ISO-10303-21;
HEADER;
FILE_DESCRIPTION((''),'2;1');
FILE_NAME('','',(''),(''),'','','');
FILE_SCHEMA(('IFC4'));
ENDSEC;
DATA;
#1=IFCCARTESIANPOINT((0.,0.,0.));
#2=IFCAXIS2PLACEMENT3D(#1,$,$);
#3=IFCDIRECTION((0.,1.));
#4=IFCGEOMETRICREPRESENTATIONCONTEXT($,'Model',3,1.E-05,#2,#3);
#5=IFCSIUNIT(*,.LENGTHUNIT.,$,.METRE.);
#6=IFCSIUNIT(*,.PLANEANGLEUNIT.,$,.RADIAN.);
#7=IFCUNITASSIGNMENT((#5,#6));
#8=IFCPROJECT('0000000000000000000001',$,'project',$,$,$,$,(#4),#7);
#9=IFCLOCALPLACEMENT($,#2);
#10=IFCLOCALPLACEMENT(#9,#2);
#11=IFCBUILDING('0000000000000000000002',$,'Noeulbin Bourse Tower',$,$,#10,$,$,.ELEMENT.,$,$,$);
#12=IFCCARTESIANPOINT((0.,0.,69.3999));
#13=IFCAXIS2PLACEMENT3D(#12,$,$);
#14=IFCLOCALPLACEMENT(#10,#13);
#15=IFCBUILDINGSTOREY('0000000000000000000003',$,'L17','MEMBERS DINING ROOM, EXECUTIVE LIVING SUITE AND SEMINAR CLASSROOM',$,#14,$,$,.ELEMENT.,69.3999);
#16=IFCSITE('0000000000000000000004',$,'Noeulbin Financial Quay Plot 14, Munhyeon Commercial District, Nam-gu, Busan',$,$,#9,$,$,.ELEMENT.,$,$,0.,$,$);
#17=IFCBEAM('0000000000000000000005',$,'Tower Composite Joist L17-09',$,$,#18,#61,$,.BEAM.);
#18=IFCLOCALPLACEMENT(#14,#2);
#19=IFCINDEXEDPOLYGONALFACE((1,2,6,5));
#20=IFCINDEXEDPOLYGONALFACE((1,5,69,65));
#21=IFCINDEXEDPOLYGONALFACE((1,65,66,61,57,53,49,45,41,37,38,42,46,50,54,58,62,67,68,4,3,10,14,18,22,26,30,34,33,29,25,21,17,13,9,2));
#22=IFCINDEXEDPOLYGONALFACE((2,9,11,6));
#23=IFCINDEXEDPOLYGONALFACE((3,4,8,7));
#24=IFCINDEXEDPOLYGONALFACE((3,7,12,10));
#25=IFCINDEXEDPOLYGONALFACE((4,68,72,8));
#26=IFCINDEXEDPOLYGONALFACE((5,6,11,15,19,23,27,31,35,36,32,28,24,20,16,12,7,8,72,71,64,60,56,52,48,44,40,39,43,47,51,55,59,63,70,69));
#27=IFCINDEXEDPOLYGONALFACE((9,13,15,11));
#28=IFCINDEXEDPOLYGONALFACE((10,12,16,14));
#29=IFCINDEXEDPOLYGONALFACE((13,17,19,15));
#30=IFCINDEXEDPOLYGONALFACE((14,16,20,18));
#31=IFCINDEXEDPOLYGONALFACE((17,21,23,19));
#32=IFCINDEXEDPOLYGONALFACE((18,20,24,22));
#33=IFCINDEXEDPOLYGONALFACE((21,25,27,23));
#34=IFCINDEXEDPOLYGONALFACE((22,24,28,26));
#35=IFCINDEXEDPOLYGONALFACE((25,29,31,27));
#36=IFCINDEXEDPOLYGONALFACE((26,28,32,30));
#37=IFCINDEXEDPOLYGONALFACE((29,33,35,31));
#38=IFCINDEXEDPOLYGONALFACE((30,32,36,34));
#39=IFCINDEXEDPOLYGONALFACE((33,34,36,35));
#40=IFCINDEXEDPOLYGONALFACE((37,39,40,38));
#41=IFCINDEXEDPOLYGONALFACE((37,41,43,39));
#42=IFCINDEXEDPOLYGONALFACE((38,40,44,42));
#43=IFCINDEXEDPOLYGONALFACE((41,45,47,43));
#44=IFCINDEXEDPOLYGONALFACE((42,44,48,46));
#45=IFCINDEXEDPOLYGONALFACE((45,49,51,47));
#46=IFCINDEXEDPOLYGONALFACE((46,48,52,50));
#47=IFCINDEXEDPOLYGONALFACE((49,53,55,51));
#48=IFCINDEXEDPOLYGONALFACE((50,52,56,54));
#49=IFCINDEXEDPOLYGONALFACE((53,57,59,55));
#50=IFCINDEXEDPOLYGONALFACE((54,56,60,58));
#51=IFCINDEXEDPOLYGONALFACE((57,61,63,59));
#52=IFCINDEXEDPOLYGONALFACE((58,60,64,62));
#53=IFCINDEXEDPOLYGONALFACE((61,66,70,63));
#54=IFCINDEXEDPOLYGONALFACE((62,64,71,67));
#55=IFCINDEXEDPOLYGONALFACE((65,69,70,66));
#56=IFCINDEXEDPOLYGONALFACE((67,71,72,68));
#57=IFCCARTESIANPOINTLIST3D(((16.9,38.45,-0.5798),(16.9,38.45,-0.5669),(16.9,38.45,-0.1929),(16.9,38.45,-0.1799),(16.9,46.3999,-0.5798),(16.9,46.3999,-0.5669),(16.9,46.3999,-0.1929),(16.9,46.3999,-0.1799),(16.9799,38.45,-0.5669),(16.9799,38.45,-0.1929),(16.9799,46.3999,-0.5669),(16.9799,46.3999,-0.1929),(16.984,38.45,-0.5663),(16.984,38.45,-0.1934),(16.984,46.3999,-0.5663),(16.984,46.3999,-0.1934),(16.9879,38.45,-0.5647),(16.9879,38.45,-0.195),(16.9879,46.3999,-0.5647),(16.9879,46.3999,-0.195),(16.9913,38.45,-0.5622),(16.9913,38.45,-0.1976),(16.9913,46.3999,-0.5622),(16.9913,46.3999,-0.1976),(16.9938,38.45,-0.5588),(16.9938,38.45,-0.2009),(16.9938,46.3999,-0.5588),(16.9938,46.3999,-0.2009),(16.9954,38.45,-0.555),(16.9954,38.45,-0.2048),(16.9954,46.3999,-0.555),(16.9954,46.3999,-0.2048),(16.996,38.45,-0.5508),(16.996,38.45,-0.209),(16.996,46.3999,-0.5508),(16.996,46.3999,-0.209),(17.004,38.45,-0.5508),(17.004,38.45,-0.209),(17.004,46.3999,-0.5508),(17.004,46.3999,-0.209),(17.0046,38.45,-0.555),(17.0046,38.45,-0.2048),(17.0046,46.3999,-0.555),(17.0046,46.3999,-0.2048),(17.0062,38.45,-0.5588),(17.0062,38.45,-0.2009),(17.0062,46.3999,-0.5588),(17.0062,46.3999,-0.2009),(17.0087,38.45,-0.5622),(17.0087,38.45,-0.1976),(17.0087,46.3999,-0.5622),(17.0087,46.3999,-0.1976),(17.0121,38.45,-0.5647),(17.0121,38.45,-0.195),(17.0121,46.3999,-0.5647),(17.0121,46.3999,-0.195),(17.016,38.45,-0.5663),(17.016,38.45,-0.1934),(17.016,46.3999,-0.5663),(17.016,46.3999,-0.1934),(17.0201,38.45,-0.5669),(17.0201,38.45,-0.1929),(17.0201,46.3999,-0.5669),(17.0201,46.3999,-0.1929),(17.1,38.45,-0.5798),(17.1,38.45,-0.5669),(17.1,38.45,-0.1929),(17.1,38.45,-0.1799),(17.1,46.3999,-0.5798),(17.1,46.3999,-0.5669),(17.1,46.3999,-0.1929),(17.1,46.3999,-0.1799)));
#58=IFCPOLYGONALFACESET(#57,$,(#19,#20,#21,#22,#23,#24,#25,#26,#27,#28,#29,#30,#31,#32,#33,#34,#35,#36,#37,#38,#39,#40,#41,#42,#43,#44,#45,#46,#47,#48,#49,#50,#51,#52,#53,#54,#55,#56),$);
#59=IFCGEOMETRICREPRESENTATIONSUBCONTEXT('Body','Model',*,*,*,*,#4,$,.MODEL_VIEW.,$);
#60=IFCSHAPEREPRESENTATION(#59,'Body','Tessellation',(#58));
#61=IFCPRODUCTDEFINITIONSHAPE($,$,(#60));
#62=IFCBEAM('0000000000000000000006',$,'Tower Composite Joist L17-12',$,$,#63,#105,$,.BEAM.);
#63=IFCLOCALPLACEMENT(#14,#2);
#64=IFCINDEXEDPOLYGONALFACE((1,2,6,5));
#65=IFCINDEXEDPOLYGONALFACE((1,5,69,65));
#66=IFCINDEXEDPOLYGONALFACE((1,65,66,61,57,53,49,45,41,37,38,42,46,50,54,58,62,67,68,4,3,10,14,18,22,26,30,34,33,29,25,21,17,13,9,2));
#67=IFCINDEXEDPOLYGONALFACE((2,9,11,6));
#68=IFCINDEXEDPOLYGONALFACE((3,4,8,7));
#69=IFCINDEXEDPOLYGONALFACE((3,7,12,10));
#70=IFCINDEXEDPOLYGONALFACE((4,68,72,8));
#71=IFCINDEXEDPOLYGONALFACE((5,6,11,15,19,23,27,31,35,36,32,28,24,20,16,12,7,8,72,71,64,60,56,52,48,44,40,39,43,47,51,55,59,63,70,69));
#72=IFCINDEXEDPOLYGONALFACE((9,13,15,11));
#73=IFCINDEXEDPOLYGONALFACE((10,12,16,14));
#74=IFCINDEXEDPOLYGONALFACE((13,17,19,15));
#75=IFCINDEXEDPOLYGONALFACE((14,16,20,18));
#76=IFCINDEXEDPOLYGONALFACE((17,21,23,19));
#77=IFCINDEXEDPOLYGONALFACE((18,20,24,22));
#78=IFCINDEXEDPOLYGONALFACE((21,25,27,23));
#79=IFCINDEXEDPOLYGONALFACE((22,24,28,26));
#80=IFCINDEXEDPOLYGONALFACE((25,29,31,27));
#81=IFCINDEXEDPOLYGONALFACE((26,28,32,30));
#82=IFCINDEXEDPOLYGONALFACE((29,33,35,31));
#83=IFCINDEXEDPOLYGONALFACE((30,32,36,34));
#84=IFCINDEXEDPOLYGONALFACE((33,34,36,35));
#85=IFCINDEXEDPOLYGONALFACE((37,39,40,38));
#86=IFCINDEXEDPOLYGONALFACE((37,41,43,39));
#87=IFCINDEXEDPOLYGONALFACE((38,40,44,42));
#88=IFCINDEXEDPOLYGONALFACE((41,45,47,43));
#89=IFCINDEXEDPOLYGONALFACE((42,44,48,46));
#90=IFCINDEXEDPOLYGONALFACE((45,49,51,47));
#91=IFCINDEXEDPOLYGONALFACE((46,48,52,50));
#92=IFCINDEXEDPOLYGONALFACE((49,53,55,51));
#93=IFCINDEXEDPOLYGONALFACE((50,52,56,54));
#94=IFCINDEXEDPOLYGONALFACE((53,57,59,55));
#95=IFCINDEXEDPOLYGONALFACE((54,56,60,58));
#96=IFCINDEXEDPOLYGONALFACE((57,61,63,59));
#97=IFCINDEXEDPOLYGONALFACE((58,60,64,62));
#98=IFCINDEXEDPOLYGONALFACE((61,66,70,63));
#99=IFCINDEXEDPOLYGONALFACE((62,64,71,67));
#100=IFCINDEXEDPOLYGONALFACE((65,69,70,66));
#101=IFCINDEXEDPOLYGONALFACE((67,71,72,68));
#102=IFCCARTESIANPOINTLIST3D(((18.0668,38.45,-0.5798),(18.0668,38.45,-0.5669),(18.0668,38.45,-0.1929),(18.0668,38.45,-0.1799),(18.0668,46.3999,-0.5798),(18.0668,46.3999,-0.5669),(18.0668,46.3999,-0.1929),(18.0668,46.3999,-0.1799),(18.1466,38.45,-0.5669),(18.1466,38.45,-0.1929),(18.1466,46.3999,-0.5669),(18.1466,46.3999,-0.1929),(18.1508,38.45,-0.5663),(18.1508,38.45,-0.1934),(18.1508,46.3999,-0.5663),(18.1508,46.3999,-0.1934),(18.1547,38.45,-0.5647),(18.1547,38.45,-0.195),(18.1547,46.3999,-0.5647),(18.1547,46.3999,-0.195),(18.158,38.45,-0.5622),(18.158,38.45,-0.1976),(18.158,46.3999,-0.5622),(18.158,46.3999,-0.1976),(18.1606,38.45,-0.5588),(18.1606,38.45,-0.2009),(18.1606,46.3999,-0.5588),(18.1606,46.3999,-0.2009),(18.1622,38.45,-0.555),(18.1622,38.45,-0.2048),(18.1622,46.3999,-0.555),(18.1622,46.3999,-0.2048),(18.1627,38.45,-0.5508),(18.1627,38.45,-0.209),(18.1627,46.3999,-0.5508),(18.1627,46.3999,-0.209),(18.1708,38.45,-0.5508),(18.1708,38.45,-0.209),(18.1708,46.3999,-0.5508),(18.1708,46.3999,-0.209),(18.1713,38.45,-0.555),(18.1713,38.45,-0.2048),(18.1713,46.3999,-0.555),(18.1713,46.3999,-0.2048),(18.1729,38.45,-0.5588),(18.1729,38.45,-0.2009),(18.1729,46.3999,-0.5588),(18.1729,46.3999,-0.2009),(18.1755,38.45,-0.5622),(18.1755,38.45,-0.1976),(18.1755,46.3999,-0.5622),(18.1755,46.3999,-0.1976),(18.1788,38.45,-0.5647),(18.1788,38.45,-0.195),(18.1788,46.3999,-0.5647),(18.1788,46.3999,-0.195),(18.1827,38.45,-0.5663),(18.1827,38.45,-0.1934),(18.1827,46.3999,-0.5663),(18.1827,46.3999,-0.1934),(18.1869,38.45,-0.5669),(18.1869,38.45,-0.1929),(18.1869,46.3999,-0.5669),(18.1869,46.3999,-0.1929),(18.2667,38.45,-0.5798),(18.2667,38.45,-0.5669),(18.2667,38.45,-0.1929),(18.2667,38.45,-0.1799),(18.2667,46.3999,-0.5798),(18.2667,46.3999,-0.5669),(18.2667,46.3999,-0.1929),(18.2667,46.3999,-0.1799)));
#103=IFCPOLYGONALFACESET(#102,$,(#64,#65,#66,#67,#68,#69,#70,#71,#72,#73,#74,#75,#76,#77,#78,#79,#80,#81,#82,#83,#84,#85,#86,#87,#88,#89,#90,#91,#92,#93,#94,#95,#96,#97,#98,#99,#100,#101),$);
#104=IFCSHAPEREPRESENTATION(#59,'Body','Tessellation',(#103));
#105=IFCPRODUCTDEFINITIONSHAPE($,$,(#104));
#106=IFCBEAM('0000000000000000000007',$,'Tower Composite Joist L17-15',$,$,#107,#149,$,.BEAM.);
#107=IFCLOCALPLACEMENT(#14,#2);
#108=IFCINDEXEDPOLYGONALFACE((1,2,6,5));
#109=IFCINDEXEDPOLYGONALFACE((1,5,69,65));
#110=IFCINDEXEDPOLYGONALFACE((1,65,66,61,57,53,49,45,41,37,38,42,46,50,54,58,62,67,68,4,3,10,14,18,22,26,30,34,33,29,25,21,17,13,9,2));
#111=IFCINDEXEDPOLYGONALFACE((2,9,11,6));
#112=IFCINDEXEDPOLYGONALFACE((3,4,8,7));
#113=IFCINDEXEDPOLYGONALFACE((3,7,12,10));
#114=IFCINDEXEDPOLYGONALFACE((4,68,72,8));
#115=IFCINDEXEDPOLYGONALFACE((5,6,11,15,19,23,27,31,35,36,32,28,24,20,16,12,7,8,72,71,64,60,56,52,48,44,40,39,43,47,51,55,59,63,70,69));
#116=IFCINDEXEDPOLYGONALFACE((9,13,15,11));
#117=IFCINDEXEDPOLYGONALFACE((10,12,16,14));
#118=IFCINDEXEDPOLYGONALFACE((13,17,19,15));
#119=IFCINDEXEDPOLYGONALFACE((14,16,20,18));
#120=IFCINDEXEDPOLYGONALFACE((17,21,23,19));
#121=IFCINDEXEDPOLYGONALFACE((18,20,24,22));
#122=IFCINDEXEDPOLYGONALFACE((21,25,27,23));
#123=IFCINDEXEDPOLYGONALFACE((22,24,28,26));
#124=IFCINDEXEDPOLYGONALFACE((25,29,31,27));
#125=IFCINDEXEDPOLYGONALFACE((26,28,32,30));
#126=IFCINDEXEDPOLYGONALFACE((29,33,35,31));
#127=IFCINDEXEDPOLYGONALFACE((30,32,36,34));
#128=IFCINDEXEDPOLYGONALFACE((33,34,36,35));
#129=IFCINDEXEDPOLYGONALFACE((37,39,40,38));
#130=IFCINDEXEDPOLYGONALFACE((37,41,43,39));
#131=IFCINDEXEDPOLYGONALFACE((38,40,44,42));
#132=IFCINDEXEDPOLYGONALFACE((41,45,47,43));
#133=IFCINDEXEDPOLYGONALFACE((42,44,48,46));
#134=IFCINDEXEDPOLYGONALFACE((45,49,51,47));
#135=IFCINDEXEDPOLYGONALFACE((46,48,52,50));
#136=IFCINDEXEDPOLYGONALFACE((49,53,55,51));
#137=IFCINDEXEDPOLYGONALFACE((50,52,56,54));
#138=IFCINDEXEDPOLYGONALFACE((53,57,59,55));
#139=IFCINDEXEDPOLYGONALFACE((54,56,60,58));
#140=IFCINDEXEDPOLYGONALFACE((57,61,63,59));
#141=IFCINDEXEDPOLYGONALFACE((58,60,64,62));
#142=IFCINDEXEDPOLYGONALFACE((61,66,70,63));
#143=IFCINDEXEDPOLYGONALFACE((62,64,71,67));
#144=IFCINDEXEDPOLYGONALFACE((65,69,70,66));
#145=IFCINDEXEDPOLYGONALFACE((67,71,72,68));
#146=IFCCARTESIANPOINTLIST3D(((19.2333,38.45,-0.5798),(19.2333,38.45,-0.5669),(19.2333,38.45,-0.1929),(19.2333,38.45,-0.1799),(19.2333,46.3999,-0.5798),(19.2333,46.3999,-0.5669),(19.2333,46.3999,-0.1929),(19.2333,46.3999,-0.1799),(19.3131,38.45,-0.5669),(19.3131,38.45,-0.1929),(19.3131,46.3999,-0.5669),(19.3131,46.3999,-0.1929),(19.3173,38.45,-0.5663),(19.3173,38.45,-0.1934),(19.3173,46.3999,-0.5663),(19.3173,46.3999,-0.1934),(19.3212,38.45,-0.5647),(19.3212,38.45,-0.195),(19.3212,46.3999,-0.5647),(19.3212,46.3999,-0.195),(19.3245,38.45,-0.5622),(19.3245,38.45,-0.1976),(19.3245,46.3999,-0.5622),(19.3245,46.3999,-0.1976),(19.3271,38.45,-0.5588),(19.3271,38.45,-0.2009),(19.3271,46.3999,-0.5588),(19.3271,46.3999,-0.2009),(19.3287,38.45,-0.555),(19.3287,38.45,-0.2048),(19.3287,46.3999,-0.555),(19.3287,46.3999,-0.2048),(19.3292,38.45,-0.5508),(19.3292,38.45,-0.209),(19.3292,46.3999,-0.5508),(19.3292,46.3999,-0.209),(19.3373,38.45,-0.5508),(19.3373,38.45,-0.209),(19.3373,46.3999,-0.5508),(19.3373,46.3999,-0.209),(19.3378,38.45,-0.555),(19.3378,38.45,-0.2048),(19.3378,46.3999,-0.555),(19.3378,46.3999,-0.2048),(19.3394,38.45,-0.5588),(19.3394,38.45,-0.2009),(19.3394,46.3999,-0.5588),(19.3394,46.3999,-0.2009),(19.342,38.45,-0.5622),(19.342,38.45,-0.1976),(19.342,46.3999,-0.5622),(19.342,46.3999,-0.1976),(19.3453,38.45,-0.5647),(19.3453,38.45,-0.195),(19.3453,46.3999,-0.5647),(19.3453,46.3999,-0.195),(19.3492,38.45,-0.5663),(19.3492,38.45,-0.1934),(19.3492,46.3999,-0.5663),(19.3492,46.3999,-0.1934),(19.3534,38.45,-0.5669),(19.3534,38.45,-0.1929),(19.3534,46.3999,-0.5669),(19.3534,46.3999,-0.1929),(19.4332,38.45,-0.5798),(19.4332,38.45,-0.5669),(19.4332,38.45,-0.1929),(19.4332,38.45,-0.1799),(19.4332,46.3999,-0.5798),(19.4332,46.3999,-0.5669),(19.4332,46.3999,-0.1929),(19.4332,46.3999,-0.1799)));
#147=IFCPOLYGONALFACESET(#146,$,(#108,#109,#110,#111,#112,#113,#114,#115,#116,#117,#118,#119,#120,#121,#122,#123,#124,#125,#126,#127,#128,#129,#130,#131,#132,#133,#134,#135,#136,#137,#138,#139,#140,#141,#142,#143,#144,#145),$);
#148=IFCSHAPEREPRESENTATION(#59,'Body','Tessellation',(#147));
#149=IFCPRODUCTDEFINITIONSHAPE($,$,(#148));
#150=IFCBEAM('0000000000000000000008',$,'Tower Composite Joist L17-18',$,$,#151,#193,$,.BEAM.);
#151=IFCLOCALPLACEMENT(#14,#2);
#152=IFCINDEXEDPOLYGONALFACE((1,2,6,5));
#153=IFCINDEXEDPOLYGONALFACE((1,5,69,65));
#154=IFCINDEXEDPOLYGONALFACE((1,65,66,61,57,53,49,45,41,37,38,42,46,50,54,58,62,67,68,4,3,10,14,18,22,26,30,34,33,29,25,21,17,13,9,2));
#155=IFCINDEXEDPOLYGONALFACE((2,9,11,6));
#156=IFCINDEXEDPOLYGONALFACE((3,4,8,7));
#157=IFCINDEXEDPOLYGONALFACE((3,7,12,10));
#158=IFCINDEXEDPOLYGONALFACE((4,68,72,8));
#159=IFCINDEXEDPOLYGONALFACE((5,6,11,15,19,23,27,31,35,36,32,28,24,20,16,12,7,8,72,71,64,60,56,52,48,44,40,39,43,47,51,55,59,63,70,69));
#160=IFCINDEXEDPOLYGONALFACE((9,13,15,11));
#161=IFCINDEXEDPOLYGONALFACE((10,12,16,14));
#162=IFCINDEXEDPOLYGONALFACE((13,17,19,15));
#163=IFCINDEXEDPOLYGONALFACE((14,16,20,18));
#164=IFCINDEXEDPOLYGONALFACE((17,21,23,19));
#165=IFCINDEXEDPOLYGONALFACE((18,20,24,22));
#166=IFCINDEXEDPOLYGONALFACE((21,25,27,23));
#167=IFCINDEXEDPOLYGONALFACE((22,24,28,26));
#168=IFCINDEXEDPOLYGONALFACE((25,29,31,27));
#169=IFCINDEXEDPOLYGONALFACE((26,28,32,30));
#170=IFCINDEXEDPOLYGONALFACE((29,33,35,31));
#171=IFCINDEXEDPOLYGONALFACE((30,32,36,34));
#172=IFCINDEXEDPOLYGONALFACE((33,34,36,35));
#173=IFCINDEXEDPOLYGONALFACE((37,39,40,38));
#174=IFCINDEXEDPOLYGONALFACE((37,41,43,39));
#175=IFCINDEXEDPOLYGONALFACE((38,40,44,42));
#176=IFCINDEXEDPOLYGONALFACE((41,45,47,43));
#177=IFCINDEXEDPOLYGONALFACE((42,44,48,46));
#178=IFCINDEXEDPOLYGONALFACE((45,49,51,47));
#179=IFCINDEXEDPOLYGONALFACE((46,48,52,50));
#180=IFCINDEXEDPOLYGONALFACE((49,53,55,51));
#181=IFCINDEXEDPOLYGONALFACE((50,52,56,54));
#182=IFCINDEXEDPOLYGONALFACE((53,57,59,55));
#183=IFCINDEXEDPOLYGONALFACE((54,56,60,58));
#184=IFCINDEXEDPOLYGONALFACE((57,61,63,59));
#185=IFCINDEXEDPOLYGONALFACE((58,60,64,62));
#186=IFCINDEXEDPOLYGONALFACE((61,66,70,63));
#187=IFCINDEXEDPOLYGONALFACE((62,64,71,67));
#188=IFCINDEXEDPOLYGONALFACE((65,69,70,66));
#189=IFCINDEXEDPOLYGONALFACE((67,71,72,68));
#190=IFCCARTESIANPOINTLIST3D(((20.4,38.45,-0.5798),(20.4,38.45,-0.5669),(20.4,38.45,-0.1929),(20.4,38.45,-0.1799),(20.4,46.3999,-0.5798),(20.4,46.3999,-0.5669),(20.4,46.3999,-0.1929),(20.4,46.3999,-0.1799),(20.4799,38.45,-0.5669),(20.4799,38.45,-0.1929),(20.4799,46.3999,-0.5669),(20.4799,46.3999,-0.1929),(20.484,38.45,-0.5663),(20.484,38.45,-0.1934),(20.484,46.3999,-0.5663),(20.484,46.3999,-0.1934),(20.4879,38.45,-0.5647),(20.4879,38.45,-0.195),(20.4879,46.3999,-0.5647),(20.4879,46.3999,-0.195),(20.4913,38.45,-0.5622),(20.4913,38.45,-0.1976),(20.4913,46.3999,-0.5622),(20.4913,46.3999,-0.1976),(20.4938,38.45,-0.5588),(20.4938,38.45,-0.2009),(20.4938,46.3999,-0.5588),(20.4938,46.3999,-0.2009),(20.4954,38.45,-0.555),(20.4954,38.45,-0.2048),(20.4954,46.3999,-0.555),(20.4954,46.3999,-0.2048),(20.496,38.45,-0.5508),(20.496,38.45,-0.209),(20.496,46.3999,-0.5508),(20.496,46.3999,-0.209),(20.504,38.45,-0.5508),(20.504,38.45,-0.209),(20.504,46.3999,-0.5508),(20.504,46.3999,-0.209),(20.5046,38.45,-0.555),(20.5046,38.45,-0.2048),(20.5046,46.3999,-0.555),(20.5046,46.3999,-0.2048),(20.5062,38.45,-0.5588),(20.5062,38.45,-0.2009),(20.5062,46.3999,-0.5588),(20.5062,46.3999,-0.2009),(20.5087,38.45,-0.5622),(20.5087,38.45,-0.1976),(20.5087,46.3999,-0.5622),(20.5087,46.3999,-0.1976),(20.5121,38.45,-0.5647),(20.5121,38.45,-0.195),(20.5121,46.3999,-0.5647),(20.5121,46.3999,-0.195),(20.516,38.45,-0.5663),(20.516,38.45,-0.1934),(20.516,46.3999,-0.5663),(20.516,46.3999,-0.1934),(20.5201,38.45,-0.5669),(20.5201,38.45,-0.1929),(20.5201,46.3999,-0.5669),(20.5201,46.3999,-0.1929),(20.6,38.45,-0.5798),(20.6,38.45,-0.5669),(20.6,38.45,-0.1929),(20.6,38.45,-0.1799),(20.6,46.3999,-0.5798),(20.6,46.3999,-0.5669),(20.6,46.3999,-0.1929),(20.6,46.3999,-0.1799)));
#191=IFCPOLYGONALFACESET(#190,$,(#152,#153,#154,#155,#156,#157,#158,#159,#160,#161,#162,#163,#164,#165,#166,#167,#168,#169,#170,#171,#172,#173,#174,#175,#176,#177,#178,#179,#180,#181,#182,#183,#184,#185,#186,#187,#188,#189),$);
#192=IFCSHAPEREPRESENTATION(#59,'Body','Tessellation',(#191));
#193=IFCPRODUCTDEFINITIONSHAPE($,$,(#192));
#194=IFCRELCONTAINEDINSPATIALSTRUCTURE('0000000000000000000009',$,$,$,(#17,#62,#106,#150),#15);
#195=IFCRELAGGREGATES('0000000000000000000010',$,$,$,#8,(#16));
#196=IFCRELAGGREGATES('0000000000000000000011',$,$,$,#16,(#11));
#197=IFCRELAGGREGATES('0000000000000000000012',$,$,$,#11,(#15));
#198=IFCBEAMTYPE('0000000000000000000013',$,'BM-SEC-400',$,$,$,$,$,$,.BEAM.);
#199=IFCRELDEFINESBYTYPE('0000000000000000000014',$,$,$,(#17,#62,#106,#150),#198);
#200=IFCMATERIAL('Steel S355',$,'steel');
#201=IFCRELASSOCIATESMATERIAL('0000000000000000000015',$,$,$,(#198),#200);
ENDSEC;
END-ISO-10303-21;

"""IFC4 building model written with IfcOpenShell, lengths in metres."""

from ifc_helpers import new_model, si_unit, direction, frame, origin, origin_2d, place, context, subcontext, project, spatial, i_section, extrude, material, material_profile, profile_set, type_object, element, save


model = new_model("IFC4")

# Units and contexts
model_context = context("Model", 3, precision=1e-05, world=origin(), true_north=direction((0.0, 1.0)))
body_context = subcontext(model_context, "Body", "Model", "MODEL_VIEW")
ifc_project = project(units=[si_unit("LENGTHUNIT", "METRE"), si_unit("PLANEANGLEUNIT", "RADIAN")], contexts=[model_context])

# Site, building, storey
site_placement = place(None, origin())
site = spatial("IfcSite", under=ifc_project, at=site_placement, Name="Noeulbin Financial Quay Plot 14, Munhyeon Commercial District, Nam-gu, Busan", CompositionType="ELEMENT", RefElevation=0.0)
building_placement = place(site_placement, origin())
building = spatial("IfcBuilding", under=site, at=building_placement, Name="Noeulbin Bourse Tower", CompositionType="ELEMENT")
storey_placement = place(building_placement, frame((0.0, 0.0, 69.3999)))
storey = spatial("IfcBuildingStorey", under=building, at=storey_placement, Name="L17", Description="MEMBERS DINING ROOM, EXECUTIVE LIVING SUITE AND SEMINAR CLASSROOM", CompositionType="ELEMENT", Elevation=69.3999)

# Beams
ifc_material_1 = material(Name="Steel S355", Category="steel")
ifc_material_profile_1 = material_profile(ifc_material_1, i_section(OverallWidth=0.2, OverallDepth=0.3999, WebThickness=0.0081, FlangeThickness=0.0129, FilletRadius=0.0161, at=origin_2d()), Name="H-400x200x8x13", Category="LoadBearing")
ifc_profile_set_1 = profile_set([ifc_material_profile_1], Name="Steel S355")
beam_type_1 = type_object("IfcBeamType", Name="BM-SEC-400", PredefinedType="BEAM", material=ifc_profile_set_1)
for number, where, z_axis, x_axis, name in (
    (1, (17.0, 38.45, -0.3799), (0.0, 1.0, 0.0), (-1.0, 0.0, 0.0), "Tower Composite Joist L17-09"),
    (2, (18.1667, 38.45, -0.3799), (0.0, 1.0, 0.0), (-1.0, 0.0, 0.0), "Tower Composite Joist L17-12"),
    (3, (19.3333, 38.45, -0.3799), (0.0, 1.0, 0.0), (-1.0, 0.0, 0.0), "Tower Composite Joist L17-15"),
    (4, (20.5, 38.45, -0.3799), (0.0, 1.0, 0.0), (-1.0, 0.0, 0.0), "Tower Composite Joist L17-18"),
):
    element("IfcBeam", number, at=place(storey_placement, frame(where, z_axis=z_axis, x_axis=x_axis)), inside=storey, type_object=beam_type_1, Name=name, PredefinedType="BEAM", context=body_context, shape_type="SweptSolid", body=[
        extrude(i_section(OverallWidth=0.2, OverallDepth=0.3999, WebThickness=0.0081, FlangeThickness=0.0129, FilletRadius=0.0161, at=origin_2d()), origin(), (0.0, 0.0, 1.0), 7.95),
    ])

save(model, "model.ifc")
